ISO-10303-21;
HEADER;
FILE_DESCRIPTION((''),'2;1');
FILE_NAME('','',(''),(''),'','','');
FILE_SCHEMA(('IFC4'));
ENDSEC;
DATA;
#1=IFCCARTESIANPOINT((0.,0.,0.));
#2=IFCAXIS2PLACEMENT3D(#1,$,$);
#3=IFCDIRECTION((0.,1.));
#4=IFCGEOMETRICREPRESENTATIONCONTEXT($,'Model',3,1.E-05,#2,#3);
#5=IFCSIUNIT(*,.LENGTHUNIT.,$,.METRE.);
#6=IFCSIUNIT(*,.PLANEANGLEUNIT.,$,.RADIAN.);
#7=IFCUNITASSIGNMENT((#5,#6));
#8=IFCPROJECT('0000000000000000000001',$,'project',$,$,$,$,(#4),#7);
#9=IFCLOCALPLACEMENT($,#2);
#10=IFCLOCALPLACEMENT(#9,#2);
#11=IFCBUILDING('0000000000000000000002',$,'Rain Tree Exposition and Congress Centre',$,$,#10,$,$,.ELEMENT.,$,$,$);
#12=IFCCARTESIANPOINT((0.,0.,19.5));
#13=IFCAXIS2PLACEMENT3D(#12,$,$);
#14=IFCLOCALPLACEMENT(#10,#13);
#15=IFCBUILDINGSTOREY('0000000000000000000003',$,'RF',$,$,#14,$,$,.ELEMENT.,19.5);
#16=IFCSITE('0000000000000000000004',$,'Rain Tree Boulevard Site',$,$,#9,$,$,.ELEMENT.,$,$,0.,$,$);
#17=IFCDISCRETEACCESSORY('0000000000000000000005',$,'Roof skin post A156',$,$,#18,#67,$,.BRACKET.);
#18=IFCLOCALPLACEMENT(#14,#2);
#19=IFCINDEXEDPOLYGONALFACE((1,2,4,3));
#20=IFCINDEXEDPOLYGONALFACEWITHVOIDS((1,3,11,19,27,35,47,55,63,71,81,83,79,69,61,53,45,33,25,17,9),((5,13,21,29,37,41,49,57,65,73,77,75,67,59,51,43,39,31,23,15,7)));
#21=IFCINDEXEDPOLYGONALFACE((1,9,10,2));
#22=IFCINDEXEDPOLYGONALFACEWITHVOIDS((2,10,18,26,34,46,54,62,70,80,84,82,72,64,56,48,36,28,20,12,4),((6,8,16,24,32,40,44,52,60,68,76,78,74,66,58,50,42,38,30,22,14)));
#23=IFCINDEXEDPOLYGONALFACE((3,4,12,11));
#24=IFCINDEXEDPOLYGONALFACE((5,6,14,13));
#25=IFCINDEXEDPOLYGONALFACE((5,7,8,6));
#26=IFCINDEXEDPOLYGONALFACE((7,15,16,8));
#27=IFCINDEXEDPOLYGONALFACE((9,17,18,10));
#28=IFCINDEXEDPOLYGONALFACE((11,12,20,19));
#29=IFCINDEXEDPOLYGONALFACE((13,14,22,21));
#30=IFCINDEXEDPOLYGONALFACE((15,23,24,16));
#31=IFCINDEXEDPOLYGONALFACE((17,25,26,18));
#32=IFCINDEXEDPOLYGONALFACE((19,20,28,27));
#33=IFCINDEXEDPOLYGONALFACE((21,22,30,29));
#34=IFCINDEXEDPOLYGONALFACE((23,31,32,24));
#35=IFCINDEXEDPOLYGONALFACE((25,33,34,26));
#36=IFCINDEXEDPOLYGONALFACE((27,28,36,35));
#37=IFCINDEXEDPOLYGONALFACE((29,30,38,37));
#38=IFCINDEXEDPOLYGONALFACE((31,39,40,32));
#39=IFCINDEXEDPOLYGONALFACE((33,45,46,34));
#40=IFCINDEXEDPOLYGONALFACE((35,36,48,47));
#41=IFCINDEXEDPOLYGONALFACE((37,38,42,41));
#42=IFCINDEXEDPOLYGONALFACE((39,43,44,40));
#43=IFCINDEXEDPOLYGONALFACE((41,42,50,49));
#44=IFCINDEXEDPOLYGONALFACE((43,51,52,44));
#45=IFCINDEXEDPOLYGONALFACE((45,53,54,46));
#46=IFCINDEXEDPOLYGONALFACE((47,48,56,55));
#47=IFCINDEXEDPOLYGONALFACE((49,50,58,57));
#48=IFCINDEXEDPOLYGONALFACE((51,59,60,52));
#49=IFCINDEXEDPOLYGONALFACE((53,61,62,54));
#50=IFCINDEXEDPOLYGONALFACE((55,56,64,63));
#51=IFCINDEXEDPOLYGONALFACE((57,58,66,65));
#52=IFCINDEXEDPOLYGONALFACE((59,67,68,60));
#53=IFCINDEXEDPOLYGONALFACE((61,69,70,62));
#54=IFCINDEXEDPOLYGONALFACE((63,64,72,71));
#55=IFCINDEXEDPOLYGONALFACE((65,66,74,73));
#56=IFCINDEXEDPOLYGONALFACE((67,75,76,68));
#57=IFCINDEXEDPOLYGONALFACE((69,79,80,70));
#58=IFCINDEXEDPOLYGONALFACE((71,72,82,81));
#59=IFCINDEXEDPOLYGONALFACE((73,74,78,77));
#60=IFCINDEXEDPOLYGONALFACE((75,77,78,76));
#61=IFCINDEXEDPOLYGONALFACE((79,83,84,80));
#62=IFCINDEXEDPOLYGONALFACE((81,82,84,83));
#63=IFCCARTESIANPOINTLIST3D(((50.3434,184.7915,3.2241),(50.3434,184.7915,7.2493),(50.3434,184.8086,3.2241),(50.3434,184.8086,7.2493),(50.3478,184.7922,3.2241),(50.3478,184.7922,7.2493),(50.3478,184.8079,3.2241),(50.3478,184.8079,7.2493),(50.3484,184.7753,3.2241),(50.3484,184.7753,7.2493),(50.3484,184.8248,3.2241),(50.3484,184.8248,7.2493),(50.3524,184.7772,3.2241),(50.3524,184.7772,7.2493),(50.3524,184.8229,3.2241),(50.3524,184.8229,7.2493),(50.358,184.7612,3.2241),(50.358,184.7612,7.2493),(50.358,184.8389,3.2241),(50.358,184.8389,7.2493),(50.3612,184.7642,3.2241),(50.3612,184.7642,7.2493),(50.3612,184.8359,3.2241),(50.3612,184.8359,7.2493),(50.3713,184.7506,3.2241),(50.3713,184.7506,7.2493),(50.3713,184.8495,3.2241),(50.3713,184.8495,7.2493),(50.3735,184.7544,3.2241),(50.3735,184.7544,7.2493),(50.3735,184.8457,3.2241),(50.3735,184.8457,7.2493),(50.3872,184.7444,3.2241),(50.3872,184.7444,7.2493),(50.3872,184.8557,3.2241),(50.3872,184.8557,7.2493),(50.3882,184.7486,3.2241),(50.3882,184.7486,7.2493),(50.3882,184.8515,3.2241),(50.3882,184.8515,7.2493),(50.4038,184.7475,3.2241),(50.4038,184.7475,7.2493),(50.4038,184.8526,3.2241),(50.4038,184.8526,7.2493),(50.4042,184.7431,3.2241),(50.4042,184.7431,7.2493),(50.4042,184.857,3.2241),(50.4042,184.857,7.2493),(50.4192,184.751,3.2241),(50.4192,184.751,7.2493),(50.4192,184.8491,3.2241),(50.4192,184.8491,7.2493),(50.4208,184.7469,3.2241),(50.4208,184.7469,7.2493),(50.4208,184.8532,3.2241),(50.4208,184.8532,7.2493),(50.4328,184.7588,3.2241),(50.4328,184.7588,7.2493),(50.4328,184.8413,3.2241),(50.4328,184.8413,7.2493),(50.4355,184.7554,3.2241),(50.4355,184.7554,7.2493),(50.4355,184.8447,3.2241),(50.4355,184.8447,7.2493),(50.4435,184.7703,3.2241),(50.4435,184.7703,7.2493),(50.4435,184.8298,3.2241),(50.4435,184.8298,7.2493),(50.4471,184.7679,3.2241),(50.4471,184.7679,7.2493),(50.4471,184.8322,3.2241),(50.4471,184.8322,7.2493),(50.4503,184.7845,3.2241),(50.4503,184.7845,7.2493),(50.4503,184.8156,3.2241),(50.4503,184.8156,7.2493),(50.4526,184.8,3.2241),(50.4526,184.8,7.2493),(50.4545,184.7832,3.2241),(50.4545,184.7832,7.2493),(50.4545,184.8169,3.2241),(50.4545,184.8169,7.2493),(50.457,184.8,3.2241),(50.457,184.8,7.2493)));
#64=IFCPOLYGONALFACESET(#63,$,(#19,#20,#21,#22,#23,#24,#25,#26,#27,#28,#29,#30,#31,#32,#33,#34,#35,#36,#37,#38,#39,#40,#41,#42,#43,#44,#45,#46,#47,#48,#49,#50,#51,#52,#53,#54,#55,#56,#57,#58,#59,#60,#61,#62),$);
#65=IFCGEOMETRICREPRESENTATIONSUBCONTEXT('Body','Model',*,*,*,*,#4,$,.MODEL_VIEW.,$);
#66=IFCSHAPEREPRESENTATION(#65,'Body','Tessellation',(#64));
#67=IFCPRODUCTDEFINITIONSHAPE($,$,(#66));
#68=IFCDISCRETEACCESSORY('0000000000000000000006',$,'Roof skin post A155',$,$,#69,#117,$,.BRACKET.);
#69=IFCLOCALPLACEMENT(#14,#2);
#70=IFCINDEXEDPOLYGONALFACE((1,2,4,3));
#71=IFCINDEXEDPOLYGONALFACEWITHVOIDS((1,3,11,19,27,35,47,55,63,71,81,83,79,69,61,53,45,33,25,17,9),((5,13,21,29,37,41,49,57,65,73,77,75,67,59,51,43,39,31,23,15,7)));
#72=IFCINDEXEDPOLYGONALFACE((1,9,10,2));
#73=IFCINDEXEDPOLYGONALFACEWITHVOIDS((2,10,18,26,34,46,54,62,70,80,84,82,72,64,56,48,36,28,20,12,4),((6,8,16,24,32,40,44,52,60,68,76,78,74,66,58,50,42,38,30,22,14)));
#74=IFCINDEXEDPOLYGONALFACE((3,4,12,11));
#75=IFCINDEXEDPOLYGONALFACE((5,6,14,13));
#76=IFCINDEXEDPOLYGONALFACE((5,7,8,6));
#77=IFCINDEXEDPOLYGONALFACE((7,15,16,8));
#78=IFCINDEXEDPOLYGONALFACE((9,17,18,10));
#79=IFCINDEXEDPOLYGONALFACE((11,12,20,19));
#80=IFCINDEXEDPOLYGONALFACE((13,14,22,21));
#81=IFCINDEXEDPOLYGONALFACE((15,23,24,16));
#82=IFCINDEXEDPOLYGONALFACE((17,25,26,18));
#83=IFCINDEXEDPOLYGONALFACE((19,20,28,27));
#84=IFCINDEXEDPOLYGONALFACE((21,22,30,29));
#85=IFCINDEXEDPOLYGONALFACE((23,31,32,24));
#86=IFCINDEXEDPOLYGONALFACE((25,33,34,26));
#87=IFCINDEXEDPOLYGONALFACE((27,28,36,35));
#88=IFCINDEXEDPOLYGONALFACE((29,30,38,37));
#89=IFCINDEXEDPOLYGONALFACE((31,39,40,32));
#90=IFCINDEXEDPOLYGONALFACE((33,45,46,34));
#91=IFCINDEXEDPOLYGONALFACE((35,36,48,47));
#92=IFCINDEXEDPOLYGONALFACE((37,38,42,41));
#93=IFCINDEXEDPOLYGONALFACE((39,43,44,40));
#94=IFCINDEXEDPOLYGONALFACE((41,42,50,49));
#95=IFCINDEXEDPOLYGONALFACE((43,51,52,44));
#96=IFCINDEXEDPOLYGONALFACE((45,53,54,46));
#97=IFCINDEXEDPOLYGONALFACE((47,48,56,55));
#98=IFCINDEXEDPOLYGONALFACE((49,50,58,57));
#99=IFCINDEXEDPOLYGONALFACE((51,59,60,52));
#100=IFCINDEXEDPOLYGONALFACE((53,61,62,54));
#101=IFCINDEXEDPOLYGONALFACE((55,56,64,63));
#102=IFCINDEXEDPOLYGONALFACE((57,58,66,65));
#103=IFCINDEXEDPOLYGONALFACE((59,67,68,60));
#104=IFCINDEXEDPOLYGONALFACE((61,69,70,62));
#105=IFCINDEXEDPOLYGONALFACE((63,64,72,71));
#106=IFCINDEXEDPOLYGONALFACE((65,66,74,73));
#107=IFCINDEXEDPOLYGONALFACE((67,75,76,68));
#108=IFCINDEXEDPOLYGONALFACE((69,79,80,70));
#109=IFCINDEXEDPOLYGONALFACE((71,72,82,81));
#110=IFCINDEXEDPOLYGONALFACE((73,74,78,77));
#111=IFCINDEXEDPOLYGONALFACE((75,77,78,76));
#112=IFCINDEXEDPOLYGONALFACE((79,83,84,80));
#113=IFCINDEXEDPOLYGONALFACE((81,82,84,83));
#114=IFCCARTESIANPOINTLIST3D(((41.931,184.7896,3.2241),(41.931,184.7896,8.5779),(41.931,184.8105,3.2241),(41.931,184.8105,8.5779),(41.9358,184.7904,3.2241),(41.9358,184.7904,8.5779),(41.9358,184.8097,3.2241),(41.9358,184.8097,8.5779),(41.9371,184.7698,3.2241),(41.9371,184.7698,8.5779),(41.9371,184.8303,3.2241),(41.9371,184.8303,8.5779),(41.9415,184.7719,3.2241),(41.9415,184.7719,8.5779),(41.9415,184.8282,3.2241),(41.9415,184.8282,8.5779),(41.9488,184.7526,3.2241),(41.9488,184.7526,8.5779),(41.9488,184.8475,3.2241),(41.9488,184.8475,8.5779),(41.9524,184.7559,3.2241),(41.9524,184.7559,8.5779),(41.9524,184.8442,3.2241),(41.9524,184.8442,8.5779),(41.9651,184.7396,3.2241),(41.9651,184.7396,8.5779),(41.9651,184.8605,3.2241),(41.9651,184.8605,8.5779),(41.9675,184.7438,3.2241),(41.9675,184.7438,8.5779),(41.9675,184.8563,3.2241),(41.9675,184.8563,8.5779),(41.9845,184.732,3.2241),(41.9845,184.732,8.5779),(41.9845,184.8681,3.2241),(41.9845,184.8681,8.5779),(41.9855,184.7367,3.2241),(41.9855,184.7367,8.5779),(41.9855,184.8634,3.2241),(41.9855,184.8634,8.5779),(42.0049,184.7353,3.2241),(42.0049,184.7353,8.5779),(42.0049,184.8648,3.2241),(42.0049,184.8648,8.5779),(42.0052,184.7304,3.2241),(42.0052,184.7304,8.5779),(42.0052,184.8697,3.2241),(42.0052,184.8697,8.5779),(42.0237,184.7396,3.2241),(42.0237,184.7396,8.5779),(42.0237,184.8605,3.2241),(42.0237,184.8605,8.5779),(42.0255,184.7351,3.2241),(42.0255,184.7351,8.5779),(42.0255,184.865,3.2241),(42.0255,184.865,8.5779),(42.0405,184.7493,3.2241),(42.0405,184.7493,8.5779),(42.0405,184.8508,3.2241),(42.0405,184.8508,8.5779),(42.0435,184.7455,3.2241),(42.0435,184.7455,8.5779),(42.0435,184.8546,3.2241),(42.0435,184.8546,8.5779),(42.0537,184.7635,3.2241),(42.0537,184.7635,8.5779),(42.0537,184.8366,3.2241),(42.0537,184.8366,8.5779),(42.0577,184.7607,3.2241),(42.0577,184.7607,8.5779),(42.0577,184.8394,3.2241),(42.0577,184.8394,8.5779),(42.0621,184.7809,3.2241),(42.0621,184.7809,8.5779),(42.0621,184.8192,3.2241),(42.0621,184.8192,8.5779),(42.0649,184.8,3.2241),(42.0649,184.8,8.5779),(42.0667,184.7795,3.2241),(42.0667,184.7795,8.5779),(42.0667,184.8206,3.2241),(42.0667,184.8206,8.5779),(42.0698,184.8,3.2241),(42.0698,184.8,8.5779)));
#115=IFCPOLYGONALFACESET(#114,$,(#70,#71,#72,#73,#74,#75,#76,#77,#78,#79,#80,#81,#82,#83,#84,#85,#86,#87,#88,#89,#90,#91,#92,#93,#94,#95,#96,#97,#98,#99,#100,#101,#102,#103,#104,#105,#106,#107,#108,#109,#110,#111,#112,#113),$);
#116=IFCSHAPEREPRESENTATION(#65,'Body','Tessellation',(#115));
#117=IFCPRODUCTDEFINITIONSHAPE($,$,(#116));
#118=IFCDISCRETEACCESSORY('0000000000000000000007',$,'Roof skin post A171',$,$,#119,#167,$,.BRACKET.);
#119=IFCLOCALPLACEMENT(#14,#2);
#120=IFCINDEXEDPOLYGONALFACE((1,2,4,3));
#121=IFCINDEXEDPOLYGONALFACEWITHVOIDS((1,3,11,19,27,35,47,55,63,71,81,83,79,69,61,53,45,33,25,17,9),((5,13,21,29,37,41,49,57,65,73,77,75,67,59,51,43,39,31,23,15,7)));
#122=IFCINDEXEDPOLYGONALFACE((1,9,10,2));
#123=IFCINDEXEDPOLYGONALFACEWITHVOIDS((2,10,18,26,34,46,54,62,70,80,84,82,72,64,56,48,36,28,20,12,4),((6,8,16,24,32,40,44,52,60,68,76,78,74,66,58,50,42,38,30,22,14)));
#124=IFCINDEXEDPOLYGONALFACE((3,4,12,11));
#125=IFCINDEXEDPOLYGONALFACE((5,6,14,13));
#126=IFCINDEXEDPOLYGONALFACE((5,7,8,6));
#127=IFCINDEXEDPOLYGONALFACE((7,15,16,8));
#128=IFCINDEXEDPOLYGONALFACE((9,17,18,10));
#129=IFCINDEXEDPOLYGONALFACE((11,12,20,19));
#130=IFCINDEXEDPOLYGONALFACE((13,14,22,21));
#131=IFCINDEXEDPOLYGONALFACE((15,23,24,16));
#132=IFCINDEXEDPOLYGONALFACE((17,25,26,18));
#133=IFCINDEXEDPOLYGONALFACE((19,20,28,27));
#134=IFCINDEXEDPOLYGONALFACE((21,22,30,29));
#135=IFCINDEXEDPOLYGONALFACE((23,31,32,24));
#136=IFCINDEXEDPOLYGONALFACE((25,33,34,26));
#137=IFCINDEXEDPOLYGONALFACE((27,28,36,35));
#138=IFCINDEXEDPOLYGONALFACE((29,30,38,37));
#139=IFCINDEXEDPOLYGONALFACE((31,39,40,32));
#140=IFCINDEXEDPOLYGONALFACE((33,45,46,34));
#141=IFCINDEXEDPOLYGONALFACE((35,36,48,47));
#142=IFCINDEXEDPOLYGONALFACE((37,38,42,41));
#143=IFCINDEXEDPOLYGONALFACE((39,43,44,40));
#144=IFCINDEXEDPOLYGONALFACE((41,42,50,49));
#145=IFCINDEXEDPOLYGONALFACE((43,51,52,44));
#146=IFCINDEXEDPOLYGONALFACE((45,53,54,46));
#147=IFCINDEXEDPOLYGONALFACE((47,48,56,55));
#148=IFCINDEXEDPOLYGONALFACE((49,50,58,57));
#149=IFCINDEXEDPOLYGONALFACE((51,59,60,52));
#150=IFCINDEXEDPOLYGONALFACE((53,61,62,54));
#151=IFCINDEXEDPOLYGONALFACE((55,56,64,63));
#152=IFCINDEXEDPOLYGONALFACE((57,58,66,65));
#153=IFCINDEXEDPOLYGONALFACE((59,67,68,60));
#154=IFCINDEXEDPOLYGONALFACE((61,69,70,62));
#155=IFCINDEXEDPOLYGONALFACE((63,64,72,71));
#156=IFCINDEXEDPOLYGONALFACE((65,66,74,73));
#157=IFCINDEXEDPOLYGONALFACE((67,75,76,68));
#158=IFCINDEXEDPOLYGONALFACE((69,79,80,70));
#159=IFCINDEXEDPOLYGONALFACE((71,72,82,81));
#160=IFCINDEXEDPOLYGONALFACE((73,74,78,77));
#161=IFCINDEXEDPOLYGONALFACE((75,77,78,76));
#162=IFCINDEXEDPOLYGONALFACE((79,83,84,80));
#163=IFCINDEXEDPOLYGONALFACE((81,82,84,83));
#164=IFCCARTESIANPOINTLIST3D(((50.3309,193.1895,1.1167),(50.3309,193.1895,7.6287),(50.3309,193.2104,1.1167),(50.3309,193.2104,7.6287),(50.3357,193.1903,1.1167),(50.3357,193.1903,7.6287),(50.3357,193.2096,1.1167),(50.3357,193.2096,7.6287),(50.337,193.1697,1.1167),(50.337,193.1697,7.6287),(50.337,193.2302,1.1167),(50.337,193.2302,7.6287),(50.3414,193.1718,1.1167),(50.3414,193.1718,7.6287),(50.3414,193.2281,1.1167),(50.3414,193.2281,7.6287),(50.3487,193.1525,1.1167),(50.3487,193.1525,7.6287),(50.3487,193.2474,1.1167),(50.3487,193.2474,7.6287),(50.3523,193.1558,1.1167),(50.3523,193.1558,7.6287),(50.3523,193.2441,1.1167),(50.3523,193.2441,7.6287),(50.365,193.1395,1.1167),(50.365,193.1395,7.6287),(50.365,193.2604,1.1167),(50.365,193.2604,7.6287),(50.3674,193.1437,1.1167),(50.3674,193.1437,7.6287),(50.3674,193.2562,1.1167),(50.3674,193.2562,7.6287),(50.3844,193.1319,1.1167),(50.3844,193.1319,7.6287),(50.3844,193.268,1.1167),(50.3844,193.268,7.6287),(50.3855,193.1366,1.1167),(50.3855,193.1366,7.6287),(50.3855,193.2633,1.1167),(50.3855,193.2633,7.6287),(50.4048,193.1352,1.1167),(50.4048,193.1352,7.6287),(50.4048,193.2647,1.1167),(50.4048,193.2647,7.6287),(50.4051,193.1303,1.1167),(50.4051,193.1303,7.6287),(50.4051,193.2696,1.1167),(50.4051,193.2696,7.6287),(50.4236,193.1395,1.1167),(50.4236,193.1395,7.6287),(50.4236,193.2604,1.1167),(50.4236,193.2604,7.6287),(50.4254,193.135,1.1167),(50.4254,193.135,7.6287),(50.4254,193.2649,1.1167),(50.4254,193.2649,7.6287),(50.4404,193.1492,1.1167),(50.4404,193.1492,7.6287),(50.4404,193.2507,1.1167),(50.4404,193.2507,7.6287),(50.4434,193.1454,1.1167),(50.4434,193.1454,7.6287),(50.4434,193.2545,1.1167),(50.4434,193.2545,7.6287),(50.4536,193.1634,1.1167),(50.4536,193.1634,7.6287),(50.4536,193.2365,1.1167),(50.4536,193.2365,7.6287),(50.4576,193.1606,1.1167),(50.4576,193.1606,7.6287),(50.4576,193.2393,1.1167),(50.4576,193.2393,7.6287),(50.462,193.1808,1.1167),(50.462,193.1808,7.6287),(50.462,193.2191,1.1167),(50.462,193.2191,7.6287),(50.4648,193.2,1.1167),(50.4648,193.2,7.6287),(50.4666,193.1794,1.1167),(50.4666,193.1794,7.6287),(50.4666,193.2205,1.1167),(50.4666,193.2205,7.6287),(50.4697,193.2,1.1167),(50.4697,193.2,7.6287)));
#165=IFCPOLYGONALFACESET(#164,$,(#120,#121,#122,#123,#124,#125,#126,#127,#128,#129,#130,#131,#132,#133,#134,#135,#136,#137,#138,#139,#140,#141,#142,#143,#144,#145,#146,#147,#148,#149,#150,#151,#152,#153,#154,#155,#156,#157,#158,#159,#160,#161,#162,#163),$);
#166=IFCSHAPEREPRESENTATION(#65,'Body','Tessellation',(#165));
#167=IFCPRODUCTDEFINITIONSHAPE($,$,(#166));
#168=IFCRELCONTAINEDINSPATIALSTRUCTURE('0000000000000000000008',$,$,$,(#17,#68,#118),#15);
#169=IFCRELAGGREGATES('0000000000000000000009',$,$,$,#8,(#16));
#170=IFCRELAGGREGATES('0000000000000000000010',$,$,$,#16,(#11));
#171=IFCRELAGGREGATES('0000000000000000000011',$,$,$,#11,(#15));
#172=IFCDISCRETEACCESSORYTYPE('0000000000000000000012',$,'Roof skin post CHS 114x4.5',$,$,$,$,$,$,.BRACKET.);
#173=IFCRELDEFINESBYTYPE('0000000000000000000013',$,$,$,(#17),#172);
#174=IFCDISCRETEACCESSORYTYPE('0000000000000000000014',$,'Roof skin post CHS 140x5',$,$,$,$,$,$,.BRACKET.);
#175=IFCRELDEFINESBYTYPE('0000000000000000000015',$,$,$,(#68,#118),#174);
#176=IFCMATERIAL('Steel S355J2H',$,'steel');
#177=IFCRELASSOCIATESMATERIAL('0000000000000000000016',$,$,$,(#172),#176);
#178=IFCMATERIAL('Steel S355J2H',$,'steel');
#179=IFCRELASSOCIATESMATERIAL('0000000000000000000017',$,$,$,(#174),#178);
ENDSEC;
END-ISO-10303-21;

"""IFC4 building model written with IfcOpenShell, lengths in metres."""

from ifc_helpers import new_model, si_unit, direction, frame, origin, origin_2d, place, context, subcontext, project, spatial, hollow_circle, extrude, material, material_profile, profile_set, type_object, element, save


model = new_model("IFC4")

# Units and contexts
model_context = context("Model", 3, precision=1e-05, world=origin(), true_north=direction((0.0, 1.0)))
body_context = subcontext(model_context, "Body", "Model", "MODEL_VIEW")
ifc_project = project(units=[si_unit("LENGTHUNIT", "METRE"), si_unit("PLANEANGLEUNIT", "RADIAN")], contexts=[model_context])

# Site, building, storey
site_placement = place(None, origin())
site = spatial("IfcSite", under=ifc_project, at=site_placement, Name="Rain Tree Boulevard Site", CompositionType="ELEMENT", RefElevation=0.0)
building_placement = place(site_placement, origin())
building = spatial("IfcBuilding", under=site, at=building_placement, Name="Rain Tree Exposition and Congress Centre", CompositionType="ELEMENT")
storey_placement = place(building_placement, frame((0.0, 0.0, 19.5)))
storey = spatial("IfcBuildingStorey", under=building, at=storey_placement, Name="RF", CompositionType="ELEMENT", Elevation=19.5)

# Discrete accessories
ifc_material_1 = material(Name="Steel S355J2H", Category="steel")
ifc_material_profile_1 = material_profile(ifc_material_1, hollow_circle(Radius=0.0571, WallThickness=0.0044, at=origin_2d()), Name="CHS 114x4.5")
ifc_profile_set_1 = profile_set([ifc_material_profile_1], Name="Steel S355J2H")
discrete_accessory_type_1 = type_object("IfcDiscreteAccessoryType", Name="Roof skin post CHS 114x4.5", PredefinedType="BRACKET", material=ifc_profile_set_1)
discrete_accessory_1_placement = place(storey_placement, frame((50.3999, 184.8, 3.2241), z_axis=(0.0, 0.0, 1.0), x_axis=(1.0, 0.0, 0.0)))
element("IfcDiscreteAccessory", 1, at=discrete_accessory_1_placement, inside=storey, type_object=discrete_accessory_type_1, Name="Roof skin post A156", PredefinedType="BRACKET", context=body_context, shape_type="SweptSolid", body=[
    extrude(hollow_circle(Radius=0.0571, WallThickness=0.0044, at=origin_2d()), origin(), (0.0, 0.0, 1.0), 4.0251),
])
ifc_material_2 = material(Name="Steel S355J2H", Category="steel")
ifc_material_profile_2 = material_profile(ifc_material_2, hollow_circle(Radius=0.0698, WallThickness=0.0049, at=origin_2d()), Name="CHS 140x5")
ifc_profile_set_2 = profile_set([ifc_material_profile_2], Name="Steel S355J2H")
discrete_accessory_type_2 = type_object("IfcDiscreteAccessoryType", Name="Roof skin post CHS 140x5", PredefinedType="BRACKET", material=ifc_profile_set_2)
discrete_accessory_2_placement = place(storey_placement, frame((42.0, 184.8, 3.2241), z_axis=(0.0, 0.0, 1.0), x_axis=(1.0, 0.0, 0.0)))
element("IfcDiscreteAccessory", 2, at=discrete_accessory_2_placement, inside=storey, type_object=discrete_accessory_type_2, Name="Roof skin post A155", PredefinedType="BRACKET", context=body_context, shape_type="SweptSolid", body=[
    extrude(hollow_circle(Radius=0.0698, WallThickness=0.0049, at=origin_2d()), origin(), (0.0, 0.0, 1.0), 5.3538),
])
discrete_accessory_3_placement = place(storey_placement, frame((50.3999, 193.2, 1.1167), z_axis=(0.0, 0.0, 1.0), x_axis=(1.0, 0.0, 0.0)))
element("IfcDiscreteAccessory", 3, at=discrete_accessory_3_placement, inside=storey, type_object=discrete_accessory_type_2, Name="Roof skin post A171", PredefinedType="BRACKET", context=body_context, shape_type="SweptSolid", body=[
    extrude(hollow_circle(Radius=0.0698, WallThickness=0.0049, at=origin_2d()), origin(), (0.0, 0.0, 1.0), 6.512),
])

save(model, "model.ifc")
